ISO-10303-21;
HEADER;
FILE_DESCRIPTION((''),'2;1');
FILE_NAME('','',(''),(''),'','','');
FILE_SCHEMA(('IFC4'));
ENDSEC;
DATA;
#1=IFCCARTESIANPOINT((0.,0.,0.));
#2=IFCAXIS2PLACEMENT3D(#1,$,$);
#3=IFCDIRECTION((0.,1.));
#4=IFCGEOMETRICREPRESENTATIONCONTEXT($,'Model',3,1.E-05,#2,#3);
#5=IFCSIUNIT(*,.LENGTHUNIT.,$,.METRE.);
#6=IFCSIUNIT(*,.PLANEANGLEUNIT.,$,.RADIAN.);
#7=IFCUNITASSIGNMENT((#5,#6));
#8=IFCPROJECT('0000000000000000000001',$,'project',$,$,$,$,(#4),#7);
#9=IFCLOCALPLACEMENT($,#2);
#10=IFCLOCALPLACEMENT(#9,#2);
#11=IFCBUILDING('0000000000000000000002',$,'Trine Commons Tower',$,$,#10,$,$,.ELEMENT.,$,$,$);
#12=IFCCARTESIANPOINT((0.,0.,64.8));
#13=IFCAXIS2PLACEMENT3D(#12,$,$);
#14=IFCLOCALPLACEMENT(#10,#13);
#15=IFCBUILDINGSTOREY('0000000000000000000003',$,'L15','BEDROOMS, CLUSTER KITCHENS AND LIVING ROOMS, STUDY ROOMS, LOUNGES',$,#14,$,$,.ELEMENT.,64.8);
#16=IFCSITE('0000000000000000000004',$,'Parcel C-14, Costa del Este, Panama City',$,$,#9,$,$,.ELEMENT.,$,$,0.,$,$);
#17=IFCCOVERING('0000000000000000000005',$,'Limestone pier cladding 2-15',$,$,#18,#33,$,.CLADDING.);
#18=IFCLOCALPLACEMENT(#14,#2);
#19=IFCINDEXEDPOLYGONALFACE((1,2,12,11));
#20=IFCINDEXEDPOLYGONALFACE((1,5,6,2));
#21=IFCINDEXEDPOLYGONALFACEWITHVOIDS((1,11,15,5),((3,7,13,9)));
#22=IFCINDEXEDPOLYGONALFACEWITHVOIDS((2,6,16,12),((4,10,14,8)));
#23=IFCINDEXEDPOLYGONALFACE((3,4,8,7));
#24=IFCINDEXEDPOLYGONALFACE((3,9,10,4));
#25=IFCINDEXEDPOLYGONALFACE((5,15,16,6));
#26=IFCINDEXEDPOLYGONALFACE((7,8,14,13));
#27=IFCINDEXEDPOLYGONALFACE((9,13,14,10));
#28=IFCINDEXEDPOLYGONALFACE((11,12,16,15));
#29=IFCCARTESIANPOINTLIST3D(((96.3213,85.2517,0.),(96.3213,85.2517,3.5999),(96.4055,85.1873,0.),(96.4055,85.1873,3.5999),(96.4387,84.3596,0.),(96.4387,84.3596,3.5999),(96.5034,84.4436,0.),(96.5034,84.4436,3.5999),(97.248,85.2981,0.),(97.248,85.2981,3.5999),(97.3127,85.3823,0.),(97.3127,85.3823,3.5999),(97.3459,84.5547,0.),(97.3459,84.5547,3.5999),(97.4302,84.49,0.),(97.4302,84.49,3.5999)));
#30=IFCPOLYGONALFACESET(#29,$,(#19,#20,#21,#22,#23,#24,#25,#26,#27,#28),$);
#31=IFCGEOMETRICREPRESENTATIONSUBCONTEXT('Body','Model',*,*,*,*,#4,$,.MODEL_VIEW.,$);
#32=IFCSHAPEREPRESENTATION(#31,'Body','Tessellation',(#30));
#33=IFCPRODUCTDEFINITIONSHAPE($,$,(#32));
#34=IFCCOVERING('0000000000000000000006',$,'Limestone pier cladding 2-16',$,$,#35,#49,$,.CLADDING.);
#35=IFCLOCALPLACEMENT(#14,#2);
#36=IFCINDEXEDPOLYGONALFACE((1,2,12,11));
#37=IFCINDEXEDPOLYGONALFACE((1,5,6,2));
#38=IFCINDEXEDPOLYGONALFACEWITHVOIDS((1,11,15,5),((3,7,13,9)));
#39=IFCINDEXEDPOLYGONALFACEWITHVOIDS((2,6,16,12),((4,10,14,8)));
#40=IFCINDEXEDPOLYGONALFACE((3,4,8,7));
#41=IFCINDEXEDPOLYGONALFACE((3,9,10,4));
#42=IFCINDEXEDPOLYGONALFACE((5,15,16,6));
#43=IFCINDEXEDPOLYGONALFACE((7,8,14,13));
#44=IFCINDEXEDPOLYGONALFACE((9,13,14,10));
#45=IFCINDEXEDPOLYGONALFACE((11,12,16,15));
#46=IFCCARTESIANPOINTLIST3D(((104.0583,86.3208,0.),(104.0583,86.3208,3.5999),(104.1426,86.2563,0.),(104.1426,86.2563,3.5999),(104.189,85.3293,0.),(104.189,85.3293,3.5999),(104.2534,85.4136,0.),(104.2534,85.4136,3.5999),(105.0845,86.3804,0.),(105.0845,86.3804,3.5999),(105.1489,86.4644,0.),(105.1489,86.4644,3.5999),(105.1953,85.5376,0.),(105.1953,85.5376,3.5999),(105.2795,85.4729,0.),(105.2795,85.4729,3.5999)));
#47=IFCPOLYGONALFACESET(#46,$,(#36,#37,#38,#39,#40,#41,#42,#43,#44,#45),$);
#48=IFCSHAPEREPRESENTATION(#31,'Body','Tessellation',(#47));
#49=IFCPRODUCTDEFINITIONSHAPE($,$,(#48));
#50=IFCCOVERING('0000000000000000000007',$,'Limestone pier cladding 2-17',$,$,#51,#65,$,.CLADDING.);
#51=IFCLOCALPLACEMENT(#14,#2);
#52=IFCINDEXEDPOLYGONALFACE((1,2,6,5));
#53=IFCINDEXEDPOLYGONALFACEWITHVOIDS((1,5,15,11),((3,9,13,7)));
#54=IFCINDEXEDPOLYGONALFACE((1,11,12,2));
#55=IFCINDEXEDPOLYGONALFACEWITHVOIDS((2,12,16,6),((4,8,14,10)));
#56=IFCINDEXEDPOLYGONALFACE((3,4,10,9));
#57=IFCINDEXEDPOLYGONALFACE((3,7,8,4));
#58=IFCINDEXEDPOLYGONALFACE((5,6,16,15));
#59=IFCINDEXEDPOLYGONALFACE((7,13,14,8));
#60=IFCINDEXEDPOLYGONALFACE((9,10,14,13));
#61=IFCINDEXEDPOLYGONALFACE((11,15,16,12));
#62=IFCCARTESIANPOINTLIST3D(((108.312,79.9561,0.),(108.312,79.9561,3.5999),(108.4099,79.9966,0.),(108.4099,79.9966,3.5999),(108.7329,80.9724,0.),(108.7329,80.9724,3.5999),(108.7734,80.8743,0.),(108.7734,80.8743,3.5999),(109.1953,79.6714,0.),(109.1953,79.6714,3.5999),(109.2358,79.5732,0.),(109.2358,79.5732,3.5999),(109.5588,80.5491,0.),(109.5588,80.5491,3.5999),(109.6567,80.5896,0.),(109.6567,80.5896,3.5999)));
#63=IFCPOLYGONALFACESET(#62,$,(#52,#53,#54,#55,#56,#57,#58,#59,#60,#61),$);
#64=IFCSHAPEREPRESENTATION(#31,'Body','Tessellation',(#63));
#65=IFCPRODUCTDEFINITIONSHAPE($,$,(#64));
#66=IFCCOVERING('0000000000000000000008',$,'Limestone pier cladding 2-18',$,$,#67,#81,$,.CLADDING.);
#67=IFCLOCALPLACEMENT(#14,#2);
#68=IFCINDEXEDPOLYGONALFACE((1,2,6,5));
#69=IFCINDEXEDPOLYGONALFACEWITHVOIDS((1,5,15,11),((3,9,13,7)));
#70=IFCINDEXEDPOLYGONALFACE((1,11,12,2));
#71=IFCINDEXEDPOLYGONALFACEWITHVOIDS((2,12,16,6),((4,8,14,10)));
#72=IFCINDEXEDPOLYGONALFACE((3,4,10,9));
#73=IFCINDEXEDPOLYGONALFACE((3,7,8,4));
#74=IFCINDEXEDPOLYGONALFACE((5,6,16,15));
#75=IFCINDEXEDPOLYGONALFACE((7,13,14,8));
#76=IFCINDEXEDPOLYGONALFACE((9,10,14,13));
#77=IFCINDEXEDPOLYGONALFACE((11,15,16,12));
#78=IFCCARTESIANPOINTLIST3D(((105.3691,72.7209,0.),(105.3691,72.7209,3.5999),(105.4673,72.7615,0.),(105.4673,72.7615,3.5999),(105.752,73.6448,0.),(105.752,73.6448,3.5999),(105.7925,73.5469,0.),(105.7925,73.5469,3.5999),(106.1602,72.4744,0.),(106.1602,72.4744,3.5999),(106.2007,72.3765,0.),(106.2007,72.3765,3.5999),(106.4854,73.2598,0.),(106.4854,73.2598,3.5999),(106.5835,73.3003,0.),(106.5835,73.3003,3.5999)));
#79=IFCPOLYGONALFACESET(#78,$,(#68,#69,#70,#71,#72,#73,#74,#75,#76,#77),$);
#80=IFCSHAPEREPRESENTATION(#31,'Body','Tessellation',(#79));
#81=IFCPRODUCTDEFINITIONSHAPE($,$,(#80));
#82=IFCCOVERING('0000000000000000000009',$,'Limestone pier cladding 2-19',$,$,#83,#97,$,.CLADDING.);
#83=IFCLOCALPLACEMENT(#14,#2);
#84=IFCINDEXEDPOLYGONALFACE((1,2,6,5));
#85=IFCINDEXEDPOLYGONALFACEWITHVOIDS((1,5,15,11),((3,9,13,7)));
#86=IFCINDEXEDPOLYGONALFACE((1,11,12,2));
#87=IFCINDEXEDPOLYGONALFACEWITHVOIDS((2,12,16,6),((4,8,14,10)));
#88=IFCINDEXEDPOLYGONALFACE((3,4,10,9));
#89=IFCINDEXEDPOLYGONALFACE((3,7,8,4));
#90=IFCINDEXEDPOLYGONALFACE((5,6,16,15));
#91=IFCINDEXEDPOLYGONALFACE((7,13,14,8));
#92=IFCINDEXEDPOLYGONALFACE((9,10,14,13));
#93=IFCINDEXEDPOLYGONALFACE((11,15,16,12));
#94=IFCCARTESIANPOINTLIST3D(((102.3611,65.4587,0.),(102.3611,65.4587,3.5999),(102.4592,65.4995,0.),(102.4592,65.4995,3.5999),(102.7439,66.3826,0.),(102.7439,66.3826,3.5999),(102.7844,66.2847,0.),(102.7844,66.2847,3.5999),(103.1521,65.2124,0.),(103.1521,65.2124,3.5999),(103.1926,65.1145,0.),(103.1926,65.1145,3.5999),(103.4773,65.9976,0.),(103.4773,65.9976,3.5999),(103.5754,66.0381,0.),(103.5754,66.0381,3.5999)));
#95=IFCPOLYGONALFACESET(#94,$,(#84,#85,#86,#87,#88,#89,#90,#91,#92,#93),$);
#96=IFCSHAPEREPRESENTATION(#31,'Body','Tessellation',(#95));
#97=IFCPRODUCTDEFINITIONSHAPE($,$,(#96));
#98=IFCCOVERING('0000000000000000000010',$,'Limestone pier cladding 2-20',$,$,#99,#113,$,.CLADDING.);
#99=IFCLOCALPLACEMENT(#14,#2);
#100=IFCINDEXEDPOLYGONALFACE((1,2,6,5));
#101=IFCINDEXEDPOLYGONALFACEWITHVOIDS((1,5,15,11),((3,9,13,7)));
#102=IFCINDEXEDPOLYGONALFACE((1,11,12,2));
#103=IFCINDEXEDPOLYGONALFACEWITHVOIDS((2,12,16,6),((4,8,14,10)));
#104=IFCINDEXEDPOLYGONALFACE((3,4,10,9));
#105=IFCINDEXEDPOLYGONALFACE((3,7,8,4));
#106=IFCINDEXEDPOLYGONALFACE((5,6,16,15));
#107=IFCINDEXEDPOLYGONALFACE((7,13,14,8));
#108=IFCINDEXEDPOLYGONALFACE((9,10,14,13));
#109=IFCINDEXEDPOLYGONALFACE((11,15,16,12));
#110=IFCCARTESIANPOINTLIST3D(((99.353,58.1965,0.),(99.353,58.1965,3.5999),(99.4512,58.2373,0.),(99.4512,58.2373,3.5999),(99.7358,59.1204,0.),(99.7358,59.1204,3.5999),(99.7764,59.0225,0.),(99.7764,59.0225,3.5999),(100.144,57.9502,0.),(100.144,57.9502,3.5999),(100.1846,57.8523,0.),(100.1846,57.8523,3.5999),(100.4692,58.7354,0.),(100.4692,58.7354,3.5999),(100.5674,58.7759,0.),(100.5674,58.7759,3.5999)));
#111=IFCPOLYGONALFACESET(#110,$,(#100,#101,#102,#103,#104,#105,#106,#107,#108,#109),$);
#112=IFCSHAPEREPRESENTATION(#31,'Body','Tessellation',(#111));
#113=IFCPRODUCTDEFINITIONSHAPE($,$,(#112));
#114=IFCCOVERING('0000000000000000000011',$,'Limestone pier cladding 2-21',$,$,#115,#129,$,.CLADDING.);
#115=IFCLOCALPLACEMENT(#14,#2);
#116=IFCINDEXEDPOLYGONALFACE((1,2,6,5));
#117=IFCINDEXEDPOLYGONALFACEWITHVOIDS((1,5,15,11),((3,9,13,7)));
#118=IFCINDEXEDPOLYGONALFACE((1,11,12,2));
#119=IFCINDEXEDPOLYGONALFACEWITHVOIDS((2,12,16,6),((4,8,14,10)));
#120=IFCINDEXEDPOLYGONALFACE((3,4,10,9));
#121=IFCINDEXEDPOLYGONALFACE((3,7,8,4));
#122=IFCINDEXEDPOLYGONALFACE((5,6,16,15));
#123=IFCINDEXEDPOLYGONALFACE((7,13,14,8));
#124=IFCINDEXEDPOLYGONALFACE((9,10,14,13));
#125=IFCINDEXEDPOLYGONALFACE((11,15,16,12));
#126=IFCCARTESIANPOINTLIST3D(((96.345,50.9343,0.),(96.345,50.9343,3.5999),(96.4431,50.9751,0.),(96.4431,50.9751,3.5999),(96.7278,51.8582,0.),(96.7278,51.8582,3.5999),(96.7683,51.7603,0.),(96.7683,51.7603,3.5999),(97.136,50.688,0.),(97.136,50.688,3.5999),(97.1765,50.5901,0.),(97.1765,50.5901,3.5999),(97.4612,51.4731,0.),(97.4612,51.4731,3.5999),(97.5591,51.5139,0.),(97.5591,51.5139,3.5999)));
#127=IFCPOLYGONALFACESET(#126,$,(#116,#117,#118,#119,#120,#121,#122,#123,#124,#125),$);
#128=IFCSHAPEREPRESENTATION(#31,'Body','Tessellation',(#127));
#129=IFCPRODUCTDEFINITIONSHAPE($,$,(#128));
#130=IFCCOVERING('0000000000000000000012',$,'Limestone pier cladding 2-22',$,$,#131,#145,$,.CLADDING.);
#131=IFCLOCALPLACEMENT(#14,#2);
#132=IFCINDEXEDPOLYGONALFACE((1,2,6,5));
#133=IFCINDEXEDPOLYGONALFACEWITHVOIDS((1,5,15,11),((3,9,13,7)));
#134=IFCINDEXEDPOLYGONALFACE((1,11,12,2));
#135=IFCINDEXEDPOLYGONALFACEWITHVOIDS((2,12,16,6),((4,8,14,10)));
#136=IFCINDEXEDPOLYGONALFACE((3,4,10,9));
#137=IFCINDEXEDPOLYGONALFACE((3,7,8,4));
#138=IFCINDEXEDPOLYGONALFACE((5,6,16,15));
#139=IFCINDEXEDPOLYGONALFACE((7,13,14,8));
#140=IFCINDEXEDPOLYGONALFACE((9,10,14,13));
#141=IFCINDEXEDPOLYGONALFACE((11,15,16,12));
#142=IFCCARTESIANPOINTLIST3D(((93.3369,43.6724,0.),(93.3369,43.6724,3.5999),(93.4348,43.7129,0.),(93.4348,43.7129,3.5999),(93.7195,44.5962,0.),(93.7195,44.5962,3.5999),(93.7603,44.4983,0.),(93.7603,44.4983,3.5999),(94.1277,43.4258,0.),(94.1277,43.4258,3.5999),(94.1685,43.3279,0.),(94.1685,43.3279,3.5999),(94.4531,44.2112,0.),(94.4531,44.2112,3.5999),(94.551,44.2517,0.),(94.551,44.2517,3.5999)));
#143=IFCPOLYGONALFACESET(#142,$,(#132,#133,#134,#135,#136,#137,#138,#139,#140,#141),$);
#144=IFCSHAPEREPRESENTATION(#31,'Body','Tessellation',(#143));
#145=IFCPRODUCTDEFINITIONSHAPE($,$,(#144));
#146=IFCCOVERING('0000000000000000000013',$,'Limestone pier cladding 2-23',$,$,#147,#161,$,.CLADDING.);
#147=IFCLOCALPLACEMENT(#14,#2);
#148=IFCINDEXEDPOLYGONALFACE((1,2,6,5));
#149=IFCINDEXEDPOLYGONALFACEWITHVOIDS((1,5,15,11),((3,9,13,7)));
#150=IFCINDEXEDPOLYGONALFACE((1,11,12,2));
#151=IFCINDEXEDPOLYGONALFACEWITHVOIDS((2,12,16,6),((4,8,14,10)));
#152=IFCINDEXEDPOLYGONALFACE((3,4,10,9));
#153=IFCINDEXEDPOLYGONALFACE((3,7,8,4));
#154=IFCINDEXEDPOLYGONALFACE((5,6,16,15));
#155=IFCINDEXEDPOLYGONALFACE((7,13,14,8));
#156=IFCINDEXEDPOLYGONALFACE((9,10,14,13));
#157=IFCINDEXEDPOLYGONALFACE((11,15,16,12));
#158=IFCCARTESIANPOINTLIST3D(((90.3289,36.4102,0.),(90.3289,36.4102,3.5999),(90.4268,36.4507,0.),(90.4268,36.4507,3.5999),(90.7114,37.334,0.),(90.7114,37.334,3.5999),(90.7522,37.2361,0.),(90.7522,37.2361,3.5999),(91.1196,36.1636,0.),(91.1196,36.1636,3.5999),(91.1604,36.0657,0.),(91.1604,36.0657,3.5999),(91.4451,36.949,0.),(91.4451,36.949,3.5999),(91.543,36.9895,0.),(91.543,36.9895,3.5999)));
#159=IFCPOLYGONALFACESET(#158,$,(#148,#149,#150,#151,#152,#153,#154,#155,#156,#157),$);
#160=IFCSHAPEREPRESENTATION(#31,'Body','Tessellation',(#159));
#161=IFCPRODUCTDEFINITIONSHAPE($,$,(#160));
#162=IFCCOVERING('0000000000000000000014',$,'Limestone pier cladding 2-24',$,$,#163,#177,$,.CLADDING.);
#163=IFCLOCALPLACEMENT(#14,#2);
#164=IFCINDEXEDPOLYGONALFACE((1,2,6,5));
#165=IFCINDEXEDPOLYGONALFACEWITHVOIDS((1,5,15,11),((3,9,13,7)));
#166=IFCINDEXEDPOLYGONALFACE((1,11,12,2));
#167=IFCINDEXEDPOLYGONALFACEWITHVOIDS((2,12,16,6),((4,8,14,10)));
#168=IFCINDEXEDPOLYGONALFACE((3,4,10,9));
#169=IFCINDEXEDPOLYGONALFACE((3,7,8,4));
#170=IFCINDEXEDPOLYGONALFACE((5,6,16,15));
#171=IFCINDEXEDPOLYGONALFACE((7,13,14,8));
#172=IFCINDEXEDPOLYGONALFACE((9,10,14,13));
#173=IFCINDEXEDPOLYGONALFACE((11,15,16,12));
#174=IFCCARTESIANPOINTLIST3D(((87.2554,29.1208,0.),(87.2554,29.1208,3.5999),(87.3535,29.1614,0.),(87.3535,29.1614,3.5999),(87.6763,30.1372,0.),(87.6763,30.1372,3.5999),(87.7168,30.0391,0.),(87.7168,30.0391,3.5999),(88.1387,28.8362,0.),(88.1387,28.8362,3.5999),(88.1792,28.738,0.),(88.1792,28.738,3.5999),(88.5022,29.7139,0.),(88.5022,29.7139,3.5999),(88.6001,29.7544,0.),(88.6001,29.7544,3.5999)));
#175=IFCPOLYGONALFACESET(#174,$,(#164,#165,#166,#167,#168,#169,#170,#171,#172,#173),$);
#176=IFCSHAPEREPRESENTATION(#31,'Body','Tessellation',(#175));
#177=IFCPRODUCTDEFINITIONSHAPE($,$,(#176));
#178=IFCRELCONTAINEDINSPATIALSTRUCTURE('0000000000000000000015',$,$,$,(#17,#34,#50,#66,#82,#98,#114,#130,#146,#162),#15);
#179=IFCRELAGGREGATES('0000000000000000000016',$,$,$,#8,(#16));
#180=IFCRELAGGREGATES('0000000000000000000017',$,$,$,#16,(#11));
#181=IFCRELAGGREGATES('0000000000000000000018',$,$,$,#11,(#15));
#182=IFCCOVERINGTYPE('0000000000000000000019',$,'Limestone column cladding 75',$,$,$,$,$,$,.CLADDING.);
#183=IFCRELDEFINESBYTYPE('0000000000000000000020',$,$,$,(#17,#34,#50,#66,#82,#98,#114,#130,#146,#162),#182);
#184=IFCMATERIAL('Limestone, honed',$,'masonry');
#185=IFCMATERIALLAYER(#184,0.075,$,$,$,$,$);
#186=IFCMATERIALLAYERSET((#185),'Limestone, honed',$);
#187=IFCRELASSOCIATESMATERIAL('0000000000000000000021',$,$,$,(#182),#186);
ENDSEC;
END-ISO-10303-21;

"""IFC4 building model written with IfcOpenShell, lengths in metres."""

from ifc_helpers import new_model, si_unit, direction, frame, origin, place, context, subcontext, project, spatial, polyline, outline, extrude, material, layer, layer_set, type_object, element, save


model = new_model("IFC4")

# Units and contexts
model_context = context("Model", 3, precision=1e-05, world=origin(), true_north=direction((0.0, 1.0)))
body_context = subcontext(model_context, "Body", "Model", "MODEL_VIEW")
ifc_project = project(units=[si_unit("LENGTHUNIT", "METRE"), si_unit("PLANEANGLEUNIT", "RADIAN")], contexts=[model_context])

# Site, building, storey
site_placement = place(None, origin())
site = spatial("IfcSite", under=ifc_project, at=site_placement, Name="Parcel C-14, Costa del Este, Panama City", CompositionType="ELEMENT", RefElevation=0.0)
building_placement = place(site_placement, origin())
building = spatial("IfcBuilding", under=site, at=building_placement, Name="Trine Commons Tower", CompositionType="ELEMENT")
storey_placement = place(building_placement, frame((0.0, 0.0, 64.8)))
storey = spatial("IfcBuildingStorey", under=building, at=storey_placement, Name="L15", Description="BEDROOMS, CLUSTER KITCHENS AND LIVING ROOMS, STUDY ROOMS, LOUNGES", CompositionType="ELEMENT", Elevation=64.8)

# Coverings
ifc_material_1 = material(Name="Limestone, honed", Category="masonry")
ifc_layer_1 = layer(ifc_material_1, 0.075)
ifc_layer_set_1 = layer_set([ifc_layer_1], Name="Limestone, honed")
covering_type_1 = type_object("IfcCoveringType", Name="Limestone column cladding 75", PredefinedType="CLADDING", material=ifc_layer_set_1)
covering_1_placement = place(storey_placement, origin())
element("IfcCovering", 1, at=covering_1_placement, inside=storey, type_object=covering_type_1, Name="Limestone pier cladding 2-15", PredefinedType="CLADDING", context=body_context, shape_type="SweptSolid", body=[
    extrude(outline(polyline([(97.4302, 84.49), (97.3127, 85.3823), (96.3213, 85.2517), (96.4387, 84.3596), (97.4302, 84.49)]), holes=[polyline([(97.3459, 84.5547), (97.248, 85.2981), (96.4055, 85.1873), (96.5034, 84.4436), (97.3459, 84.5547)])]), origin(), (0.0, 0.0, 1.0), 3.5999),
])
covering_2_placement = place(storey_placement, origin())
element("IfcCovering", 2, at=covering_2_placement, inside=storey, type_object=covering_type_1, Name="Limestone pier cladding 2-16", PredefinedType="CLADDING", context=body_context, shape_type="SweptSolid", body=[
    extrude(outline(polyline([(105.2795, 85.4729), (105.1489, 86.4644), (104.0583, 86.3208), (104.189, 85.3293), (105.2795, 85.4729)]), holes=[polyline([(105.1953, 85.5376), (105.0845, 86.3804), (104.1426, 86.2563), (104.2534, 85.4136), (105.1953, 85.5376)])]), origin(), (0.0, 0.0, 1.0), 3.5999),
])
covering_3_placement = place(storey_placement, origin())
element("IfcCovering", 3, at=covering_3_placement, inside=storey, type_object=covering_type_1, Name="Limestone pier cladding 2-17", PredefinedType="CLADDING", context=body_context, shape_type="SweptSolid", body=[
    extrude(outline(polyline([(109.6567, 80.5896), (108.7329, 80.9724), (108.312, 79.9561), (109.2358, 79.5732), (109.6567, 80.5896)]), holes=[polyline([(109.5588, 80.5491), (108.7734, 80.8743), (108.4099, 79.9966), (109.1953, 79.6714), (109.5588, 80.5491)])]), origin(), (0.0, 0.0, 1.0), 3.5999),
])
covering_4_placement = place(storey_placement, origin())
element("IfcCovering", 4, at=covering_4_placement, inside=storey, type_object=covering_type_1, Name="Limestone pier cladding 2-18", PredefinedType="CLADDING", context=body_context, shape_type="SweptSolid", body=[
    extrude(outline(polyline([(106.5835, 73.3003), (105.752, 73.6448), (105.3691, 72.7209), (106.2007, 72.3765), (106.5835, 73.3003)]), holes=[polyline([(106.4854, 73.2598), (105.7925, 73.5469), (105.4673, 72.7615), (106.1602, 72.4744), (106.4854, 73.2598)])]), origin(), (0.0, 0.0, 1.0), 3.5999),
])
covering_5_placement = place(storey_placement, origin())
element("IfcCovering", 5, at=covering_5_placement, inside=storey, type_object=covering_type_1, Name="Limestone pier cladding 2-19", PredefinedType="CLADDING", context=body_context, shape_type="SweptSolid", body=[
    extrude(outline(polyline([(103.5754, 66.0381), (102.7439, 66.3826), (102.3611, 65.4587), (103.1926, 65.1145), (103.5754, 66.0381)]), holes=[polyline([(103.4773, 65.9976), (102.7844, 66.2847), (102.4592, 65.4995), (103.1521, 65.2124), (103.4773, 65.9976)])]), origin(), (0.0, 0.0, 1.0), 3.5999),
])
covering_6_placement = place(storey_placement, origin())
element("IfcCovering", 6, at=covering_6_placement, inside=storey, type_object=covering_type_1, Name="Limestone pier cladding 2-20", PredefinedType="CLADDING", context=body_context, shape_type="SweptSolid", body=[
    extrude(outline(polyline([(100.5674, 58.7759), (99.7358, 59.1204), (99.353, 58.1965), (100.1846, 57.8523), (100.5674, 58.7759)]), holes=[polyline([(100.4692, 58.7354), (99.7764, 59.0225), (99.4512, 58.2373), (100.144, 57.9502), (100.4692, 58.7354)])]), origin(), (0.0, 0.0, 1.0), 3.5999),
])
covering_7_placement = place(storey_placement, origin())
element("IfcCovering", 7, at=covering_7_placement, inside=storey, type_object=covering_type_1, Name="Limestone pier cladding 2-21", PredefinedType="CLADDING", context=body_context, shape_type="SweptSolid", body=[
    extrude(outline(polyline([(97.5591, 51.5139), (96.7278, 51.8582), (96.345, 50.9343), (97.1765, 50.5901), (97.5591, 51.5139)]), holes=[polyline([(97.4612, 51.4731), (96.7683, 51.7603), (96.4431, 50.9751), (97.136, 50.688), (97.4612, 51.4731)])]), origin(), (0.0, 0.0, 1.0), 3.5999),
])
covering_8_placement = place(storey_placement, origin())
element("IfcCovering", 8, at=covering_8_placement, inside=storey, type_object=covering_type_1, Name="Limestone pier cladding 2-22", PredefinedType="CLADDING", context=body_context, shape_type="SweptSolid", body=[
    extrude(outline(polyline([(94.551, 44.2517), (93.7195, 44.5962), (93.3369, 43.6724), (94.1685, 43.3279), (94.551, 44.2517)]), holes=[polyline([(94.4531, 44.2112), (93.7603, 44.4983), (93.4348, 43.7129), (94.1277, 43.4258), (94.4531, 44.2112)])]), origin(), (0.0, 0.0, 1.0), 3.5999),
])
covering_9_placement = place(storey_placement, origin())
element("IfcCovering", 9, at=covering_9_placement, inside=storey, type_object=covering_type_1, Name="Limestone pier cladding 2-23", PredefinedType="CLADDING", context=body_context, shape_type="SweptSolid", body=[
    extrude(outline(polyline([(91.543, 36.9895), (90.7114, 37.334), (90.3289, 36.4102), (91.1604, 36.0657), (91.543, 36.9895)]), holes=[polyline([(91.4451, 36.949), (90.7522, 37.2361), (90.4268, 36.4507), (91.1196, 36.1636), (91.4451, 36.949)])]), origin(), (0.0, 0.0, 1.0), 3.5999),
])
covering_10_placement = place(storey_placement, origin())
element("IfcCovering", 10, at=covering_10_placement, inside=storey, type_object=covering_type_1, Name="Limestone pier cladding 2-24", PredefinedType="CLADDING", context=body_context, shape_type="SweptSolid", body=[
    extrude(outline(polyline([(88.6001, 29.7544), (87.6763, 30.1372), (87.2554, 29.1208), (88.1792, 28.738), (88.6001, 29.7544)]), holes=[polyline([(88.5022, 29.7139), (87.7168, 30.0391), (87.3535, 29.1614), (88.1387, 28.8362), (88.5022, 29.7139)])]), origin(), (0.0, 0.0, 1.0), 3.5999),
])

save(model, "model.ifc")
